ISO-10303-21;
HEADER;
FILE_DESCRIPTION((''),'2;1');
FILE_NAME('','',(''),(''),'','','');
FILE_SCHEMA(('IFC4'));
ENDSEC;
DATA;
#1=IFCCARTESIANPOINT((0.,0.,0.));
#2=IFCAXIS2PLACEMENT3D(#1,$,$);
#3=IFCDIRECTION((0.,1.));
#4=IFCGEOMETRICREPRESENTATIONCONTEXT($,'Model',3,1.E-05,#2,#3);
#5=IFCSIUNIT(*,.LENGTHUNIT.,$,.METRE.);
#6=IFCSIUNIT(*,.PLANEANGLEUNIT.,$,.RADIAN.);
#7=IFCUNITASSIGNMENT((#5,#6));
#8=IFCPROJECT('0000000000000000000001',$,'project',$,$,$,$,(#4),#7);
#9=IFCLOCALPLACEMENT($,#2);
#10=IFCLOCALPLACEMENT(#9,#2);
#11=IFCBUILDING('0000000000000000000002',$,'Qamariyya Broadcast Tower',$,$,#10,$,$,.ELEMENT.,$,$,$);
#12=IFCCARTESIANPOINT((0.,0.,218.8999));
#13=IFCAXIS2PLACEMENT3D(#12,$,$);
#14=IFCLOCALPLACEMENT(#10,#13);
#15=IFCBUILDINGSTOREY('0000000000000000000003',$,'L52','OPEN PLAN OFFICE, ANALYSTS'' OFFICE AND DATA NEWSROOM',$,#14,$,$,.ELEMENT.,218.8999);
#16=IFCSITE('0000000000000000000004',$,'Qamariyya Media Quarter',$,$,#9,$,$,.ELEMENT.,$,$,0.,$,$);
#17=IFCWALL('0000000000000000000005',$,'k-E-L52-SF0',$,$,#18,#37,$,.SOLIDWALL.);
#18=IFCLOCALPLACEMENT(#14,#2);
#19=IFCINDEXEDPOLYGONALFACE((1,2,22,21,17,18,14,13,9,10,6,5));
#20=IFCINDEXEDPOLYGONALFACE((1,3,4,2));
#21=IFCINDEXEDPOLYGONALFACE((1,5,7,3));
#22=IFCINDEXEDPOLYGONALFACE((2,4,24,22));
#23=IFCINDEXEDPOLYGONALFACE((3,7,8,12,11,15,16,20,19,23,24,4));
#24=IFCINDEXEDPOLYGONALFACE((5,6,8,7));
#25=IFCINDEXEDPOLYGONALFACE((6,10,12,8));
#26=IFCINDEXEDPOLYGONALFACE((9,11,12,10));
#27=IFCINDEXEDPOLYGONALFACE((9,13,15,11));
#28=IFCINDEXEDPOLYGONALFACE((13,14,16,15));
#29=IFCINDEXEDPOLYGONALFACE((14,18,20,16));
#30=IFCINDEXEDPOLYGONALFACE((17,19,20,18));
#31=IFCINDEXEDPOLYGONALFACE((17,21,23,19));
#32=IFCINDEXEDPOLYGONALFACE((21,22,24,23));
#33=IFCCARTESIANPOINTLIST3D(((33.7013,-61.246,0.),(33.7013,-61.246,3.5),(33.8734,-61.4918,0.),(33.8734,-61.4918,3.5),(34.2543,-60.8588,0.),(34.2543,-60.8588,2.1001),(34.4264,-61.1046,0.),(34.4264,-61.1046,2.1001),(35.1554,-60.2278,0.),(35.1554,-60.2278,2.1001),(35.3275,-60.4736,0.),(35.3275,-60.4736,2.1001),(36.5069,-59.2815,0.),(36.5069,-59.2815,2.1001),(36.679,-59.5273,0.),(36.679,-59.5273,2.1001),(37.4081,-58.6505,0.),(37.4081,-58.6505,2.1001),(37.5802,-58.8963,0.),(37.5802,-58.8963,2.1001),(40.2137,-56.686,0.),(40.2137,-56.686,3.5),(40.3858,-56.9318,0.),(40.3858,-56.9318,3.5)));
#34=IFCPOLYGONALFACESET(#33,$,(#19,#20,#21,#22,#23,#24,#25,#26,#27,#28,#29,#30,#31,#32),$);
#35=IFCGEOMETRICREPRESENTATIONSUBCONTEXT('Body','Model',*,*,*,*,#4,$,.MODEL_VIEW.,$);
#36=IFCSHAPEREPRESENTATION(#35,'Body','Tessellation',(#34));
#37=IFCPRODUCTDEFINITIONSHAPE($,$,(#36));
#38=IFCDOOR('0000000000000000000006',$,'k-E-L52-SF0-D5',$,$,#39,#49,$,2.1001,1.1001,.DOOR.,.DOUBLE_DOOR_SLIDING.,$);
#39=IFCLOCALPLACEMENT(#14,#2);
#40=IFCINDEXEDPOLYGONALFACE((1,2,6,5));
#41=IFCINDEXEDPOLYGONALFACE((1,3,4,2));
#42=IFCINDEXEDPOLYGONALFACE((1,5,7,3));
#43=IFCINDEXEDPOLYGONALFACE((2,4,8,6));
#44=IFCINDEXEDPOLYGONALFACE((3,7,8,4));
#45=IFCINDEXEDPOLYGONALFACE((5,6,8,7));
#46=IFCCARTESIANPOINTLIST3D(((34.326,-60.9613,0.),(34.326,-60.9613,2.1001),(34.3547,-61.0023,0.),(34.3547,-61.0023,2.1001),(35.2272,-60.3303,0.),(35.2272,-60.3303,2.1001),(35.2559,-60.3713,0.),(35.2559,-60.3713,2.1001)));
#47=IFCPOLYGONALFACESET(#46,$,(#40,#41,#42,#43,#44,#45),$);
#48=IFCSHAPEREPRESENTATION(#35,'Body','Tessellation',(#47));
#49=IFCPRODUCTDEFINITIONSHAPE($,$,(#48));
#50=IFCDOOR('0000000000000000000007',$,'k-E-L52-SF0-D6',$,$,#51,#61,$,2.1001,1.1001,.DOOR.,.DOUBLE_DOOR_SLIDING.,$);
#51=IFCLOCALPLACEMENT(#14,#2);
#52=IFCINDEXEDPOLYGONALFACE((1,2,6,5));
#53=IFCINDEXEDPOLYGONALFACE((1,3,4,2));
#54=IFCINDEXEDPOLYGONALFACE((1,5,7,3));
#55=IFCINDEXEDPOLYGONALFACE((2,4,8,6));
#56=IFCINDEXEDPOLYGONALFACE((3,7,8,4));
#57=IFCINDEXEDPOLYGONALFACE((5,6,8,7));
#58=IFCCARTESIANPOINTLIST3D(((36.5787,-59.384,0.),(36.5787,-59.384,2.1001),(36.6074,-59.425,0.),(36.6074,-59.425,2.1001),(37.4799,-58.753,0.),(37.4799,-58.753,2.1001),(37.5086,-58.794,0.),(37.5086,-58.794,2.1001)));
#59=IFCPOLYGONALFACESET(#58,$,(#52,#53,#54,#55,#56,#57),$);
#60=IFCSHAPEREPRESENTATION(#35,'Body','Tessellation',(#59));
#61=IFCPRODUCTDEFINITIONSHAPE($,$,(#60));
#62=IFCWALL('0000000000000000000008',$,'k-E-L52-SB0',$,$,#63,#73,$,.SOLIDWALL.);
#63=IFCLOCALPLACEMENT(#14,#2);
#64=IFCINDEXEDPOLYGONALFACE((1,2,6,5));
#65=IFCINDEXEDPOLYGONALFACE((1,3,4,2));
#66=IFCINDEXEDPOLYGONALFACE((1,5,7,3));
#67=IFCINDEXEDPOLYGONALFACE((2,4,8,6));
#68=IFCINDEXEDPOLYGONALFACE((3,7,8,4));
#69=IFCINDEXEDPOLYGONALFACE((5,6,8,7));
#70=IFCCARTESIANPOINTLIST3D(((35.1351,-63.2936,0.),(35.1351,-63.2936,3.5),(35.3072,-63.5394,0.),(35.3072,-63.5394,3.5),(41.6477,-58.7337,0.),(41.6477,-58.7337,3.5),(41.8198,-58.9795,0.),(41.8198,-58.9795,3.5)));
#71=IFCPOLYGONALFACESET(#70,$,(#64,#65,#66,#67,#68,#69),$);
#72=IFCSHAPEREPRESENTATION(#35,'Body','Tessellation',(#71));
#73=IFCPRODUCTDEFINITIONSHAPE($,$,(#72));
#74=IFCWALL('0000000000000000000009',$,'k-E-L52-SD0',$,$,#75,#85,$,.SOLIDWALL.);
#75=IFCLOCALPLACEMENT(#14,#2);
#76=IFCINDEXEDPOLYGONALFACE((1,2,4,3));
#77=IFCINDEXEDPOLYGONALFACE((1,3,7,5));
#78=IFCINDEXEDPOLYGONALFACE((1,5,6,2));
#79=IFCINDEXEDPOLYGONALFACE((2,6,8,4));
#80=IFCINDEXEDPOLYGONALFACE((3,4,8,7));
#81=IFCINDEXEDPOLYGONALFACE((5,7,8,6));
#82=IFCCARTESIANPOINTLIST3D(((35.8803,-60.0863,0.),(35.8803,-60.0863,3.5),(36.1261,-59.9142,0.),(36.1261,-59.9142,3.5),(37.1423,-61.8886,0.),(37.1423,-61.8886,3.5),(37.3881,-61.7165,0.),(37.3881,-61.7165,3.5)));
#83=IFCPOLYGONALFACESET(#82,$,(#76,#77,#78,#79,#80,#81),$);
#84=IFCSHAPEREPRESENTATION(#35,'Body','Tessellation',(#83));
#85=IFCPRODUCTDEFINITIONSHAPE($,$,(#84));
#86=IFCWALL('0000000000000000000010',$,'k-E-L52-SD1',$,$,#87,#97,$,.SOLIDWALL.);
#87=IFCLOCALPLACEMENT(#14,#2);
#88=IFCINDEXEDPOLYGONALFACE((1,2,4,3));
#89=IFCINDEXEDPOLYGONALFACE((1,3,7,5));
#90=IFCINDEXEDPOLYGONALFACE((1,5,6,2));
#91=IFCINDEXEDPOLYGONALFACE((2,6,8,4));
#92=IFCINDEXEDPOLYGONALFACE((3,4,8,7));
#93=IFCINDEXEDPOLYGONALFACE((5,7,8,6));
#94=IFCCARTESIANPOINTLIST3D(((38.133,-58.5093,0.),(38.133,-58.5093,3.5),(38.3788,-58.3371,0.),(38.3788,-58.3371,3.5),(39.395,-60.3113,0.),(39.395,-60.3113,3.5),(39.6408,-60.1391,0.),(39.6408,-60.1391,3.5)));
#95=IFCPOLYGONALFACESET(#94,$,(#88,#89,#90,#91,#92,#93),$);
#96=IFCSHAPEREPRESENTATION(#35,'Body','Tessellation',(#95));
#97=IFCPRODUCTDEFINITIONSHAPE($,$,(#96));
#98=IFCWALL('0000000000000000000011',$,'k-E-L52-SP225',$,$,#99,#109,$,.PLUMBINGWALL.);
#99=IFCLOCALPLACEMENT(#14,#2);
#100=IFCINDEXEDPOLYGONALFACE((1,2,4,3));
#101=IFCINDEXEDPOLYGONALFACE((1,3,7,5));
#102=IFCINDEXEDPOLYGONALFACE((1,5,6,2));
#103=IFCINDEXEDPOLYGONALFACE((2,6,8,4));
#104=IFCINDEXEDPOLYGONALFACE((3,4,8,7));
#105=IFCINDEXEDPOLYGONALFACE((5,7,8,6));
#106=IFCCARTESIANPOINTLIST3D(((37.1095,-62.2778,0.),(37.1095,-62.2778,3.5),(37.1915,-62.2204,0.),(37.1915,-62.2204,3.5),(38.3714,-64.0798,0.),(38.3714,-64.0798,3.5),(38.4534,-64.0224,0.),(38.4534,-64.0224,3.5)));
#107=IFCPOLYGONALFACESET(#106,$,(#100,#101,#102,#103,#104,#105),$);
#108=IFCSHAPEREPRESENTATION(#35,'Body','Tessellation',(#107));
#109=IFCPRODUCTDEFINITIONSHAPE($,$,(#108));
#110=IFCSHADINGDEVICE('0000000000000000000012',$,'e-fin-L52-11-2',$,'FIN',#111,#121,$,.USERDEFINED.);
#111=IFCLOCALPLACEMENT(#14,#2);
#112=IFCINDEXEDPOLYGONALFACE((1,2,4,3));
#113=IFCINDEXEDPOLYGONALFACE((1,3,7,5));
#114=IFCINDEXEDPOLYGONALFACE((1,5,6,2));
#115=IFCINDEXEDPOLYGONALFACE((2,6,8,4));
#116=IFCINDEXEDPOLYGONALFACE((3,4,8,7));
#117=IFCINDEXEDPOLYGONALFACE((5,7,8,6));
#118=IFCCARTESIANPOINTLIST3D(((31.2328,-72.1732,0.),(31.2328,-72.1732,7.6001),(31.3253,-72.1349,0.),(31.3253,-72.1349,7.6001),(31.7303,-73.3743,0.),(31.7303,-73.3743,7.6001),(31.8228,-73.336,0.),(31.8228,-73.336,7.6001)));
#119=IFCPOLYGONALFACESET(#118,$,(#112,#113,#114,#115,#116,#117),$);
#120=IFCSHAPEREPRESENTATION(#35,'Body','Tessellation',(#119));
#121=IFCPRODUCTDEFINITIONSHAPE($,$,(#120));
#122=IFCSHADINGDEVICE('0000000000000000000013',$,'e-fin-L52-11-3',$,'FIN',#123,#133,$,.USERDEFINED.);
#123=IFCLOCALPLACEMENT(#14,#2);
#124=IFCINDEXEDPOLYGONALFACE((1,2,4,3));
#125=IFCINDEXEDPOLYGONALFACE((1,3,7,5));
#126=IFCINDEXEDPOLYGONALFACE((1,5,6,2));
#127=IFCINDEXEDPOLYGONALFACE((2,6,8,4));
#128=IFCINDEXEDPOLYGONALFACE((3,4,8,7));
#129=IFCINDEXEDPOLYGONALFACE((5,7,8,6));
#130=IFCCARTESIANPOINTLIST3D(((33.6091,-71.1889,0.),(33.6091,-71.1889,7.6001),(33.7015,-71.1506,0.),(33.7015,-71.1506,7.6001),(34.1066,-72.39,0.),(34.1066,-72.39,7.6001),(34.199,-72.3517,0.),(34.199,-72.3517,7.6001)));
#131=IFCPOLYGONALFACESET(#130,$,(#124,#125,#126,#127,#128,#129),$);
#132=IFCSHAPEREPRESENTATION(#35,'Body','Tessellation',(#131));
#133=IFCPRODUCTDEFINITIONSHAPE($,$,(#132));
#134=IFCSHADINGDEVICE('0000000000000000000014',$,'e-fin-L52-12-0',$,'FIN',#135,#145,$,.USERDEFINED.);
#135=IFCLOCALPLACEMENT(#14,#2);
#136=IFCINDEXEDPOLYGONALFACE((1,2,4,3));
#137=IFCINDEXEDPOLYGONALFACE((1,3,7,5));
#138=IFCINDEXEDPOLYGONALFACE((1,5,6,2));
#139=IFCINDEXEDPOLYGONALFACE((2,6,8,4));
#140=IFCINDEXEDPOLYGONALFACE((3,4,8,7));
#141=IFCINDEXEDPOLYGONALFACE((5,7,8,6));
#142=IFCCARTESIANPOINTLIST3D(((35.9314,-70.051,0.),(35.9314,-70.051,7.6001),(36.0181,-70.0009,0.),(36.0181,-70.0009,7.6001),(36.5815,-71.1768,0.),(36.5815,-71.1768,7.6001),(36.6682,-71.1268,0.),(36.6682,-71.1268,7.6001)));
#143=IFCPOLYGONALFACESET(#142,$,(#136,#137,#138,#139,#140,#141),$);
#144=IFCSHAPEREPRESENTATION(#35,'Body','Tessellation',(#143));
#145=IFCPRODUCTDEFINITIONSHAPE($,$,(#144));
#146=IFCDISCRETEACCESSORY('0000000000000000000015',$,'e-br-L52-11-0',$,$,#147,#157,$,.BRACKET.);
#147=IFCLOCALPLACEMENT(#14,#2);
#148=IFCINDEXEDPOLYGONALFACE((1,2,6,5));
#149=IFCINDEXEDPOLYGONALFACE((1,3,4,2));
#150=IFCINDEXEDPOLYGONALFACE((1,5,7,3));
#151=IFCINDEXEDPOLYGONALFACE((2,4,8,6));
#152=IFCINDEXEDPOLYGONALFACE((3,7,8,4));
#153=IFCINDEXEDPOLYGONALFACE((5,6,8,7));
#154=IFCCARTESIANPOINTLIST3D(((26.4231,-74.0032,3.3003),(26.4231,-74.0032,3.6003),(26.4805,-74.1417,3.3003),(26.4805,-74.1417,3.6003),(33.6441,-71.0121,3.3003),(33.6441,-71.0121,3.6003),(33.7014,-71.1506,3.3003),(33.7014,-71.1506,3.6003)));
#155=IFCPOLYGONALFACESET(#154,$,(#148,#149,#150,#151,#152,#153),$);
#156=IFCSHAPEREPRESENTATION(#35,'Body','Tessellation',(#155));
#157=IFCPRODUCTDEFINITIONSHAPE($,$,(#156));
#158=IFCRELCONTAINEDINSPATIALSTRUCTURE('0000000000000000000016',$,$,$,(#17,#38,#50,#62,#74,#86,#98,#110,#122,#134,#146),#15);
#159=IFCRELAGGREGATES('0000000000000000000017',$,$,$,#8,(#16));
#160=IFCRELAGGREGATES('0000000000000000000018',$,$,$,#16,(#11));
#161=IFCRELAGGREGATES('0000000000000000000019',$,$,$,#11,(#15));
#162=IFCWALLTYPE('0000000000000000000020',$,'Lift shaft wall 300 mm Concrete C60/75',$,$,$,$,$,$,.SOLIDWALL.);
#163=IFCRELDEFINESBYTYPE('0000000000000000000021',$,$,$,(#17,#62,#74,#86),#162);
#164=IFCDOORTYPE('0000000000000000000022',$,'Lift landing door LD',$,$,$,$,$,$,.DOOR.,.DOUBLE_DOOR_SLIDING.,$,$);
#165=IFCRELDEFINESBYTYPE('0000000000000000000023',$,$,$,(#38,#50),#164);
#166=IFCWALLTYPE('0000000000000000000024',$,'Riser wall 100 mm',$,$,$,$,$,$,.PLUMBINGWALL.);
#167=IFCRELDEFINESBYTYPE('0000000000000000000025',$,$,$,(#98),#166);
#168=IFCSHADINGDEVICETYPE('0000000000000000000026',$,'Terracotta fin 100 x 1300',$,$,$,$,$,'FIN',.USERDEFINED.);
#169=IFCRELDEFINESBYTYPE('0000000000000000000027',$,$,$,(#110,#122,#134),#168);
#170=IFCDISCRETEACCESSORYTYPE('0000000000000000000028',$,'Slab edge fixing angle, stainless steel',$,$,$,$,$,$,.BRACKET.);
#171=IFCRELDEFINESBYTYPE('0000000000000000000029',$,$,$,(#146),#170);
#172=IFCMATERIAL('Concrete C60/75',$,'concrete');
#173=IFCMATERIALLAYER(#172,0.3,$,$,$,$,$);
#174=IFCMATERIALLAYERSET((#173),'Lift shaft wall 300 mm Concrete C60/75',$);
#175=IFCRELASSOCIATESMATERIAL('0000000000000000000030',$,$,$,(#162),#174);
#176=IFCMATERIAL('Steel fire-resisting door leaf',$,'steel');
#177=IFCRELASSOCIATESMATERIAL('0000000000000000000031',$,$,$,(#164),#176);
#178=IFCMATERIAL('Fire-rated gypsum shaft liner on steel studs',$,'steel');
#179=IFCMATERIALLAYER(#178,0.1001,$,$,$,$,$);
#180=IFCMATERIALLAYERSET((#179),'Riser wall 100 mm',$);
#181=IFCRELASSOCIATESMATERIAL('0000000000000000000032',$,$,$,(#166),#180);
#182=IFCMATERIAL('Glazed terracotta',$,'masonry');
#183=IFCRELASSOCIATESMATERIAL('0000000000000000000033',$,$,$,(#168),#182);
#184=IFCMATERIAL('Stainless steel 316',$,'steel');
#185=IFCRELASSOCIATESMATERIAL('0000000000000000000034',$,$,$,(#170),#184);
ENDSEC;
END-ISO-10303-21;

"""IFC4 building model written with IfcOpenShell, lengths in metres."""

from ifc_helpers import new_model, si_unit, direction, frame, frame_2d, origin, origin_2d, place, context, subcontext, project, spatial, rectangle, extrude, material, layer, layer_set, material_profile, profile_set, type_object, element, fill, save


model = new_model("IFC4")

# Units and contexts
model_context = context("Model", 3, precision=1e-05, world=origin(), true_north=direction((0.0, 1.0)))
body_context = subcontext(model_context, "Body", "Model", "MODEL_VIEW")
ifc_project = project(units=[si_unit("LENGTHUNIT", "METRE"), si_unit("PLANEANGLEUNIT", "RADIAN")], contexts=[model_context])

# Site, building, storey
site_placement = place(None, origin())
site = spatial("IfcSite", under=ifc_project, at=site_placement, Name="Qamariyya Media Quarter", CompositionType="ELEMENT", RefElevation=0.0)
building_placement = place(site_placement, origin())
building = spatial("IfcBuilding", under=site, at=building_placement, Name="Qamariyya Broadcast Tower", CompositionType="ELEMENT")
storey_placement = place(building_placement, frame((0.0, 0.0, 218.8999)))
storey = spatial("IfcBuildingStorey", under=building, at=storey_placement, Name="L52", Description="OPEN PLAN OFFICE, ANALYSTS' OFFICE AND DATA NEWSROOM", CompositionType="ELEMENT", Elevation=218.8999)

# Shared definitions
ifc_material_1 = material(Name="Concrete C60/75", Category="concrete")

# Shared definitions
ifc_material_2 = material(Name="Steel fire-resisting door leaf", Category="steel")

# Shared definitions
ifc_layer_1 = layer(ifc_material_1, 0.3)
ifc_layer_set_1 = layer_set([ifc_layer_1], Name="Lift shaft wall 300 mm Concrete C60/75")
wall_type_1 = type_object("IfcWallType", Name="Lift shaft wall 300 mm Concrete C60/75", PredefinedType="SOLIDWALL", material=ifc_layer_set_1)

# Wall, openings, doors
wall_1_placement = place(storey_placement, frame((33.7874, -61.3689, 0.0), z_axis=(0.0, 0.0, 1.0), x_axis=(0.819153, 0.573576, 0.0)))
wall_1 = element("IfcWall", 1, at=wall_1_placement, inside=storey, type_object=wall_type_1, Name="k-E-L52-SF0", PredefinedType="SOLIDWALL", context=body_context, shape_type="SweptSolid", body=[
    extrude(rectangle(XDim=7.9502, YDim=0.3, at=frame_2d((3.9751, 0.0))), origin(), (0.0, 0.0, 1.0), 3.5),
])
opening_1_placement = place(wall_1_placement, frame((0.675, 0.0, 0.0)))
opening_1 = element("IfcOpeningElement", 2, at=opening_1_placement, cuts=wall_1, PredefinedType="OPENING", context=body_context, shape_type="SweptSolid", body=[
    extrude(rectangle(XDim=1.1001, YDim=2.1001, at=frame_2d((0.55, 1.05))), frame((0.0, 0.1599, 0.0), z_axis=(0.0, -1.0, 0.0), x_axis=(1.0, 0.0, 0.0)), (0.0, 0.0, 1.0), 0.3201),
])
opening_2_placement = place(wall_1_placement, frame((3.425, 0.0, 0.0)))
opening_2 = element("IfcOpeningElement", 3, at=opening_2_placement, cuts=wall_1, PredefinedType="OPENING", context=body_context, shape_type="SweptSolid", body=[
    extrude(rectangle(XDim=1.1001, YDim=2.1001, at=frame_2d((0.55, 1.05))), frame((0.0, 0.1599, 0.0), z_axis=(0.0, -1.0, 0.0), x_axis=(1.0, 0.0, 0.0)), (0.0, 0.0, 1.0), 0.3201),
])
door_type_1 = type_object("IfcDoorType", Name="Lift landing door LD", OperationType="DOUBLE_DOOR_SLIDING", PredefinedType="DOOR", material=ifc_material_2)
door_1_placement = place(opening_1_placement, origin())
door_1 = element("IfcDoor", 4, at=door_1_placement, inside=storey, type_object=door_type_1, Name="k-E-L52-SF0-D5", OperationType="DOUBLE_DOOR_SLIDING", OverallHeight=2.1001, OverallWidth=1.1001, PredefinedType="DOOR", context=body_context, shape_type="SweptSolid", body=[
    extrude(rectangle(XDim=1.1001, YDim=2.1001, at=frame_2d((0.55, 1.05))), frame((0.0, 0.0249, 0.0), z_axis=(0.0, -1.0, 0.0), x_axis=(1.0, 0.0, 0.0)), (0.0, 0.0, 1.0), 0.05),
])
fill(opening_1, door_1)
door_2_placement = place(opening_2_placement, origin())
door_2 = element("IfcDoor", 5, at=door_2_placement, inside=storey, type_object=door_type_1, Name="k-E-L52-SF0-D6", OperationType="DOUBLE_DOOR_SLIDING", OverallHeight=2.1001, OverallWidth=1.1001, PredefinedType="DOOR", context=body_context, shape_type="SweptSolid", body=[
    extrude(rectangle(XDim=1.1001, YDim=2.1001, at=frame_2d((0.55, 1.05))), frame((0.0, 0.0249, 0.0), z_axis=(0.0, -1.0, 0.0), x_axis=(1.0, 0.0, 0.0)), (0.0, 0.0, 1.0), 0.05),
])
fill(opening_2, door_2)

# Walls
wall_2_placement = place(storey_placement, frame((35.2212, -63.4165, 0.0), z_axis=(0.0, 0.0, 1.0), x_axis=(0.819167, 0.573555, 0.0)))
element("IfcWall", 6, at=wall_2_placement, inside=storey, type_object=wall_type_1, Name="k-E-L52-SB0", PredefinedType="SOLIDWALL", context=body_context, shape_type="SweptSolid", body=[
    extrude(rectangle(XDim=7.9502, YDim=0.3, at=frame_2d((3.9751, 0.0))), origin(), (0.0, 0.0, 1.0), 3.5),
])
wall_3_placement = place(storey_placement, frame((36.0032, -60.0002, 0.0), z_axis=(0.0, 0.0, 1.0), x_axis=(0.573581, -0.819149, 0.0)))
element("IfcWall", 7, at=wall_3_placement, inside=storey, type_object=wall_type_1, Name="k-E-L52-SD0", PredefinedType="SOLIDWALL", context=body_context, shape_type="SweptSolid", body=[
    extrude(rectangle(XDim=2.2002, YDim=0.3, at=frame_2d((1.1001, 0.0))), origin(), (0.0, 0.0, 1.0), 3.5),
])
wall_4_placement = place(storey_placement, frame((38.2559, -58.4231, 0.0), z_axis=(0.0, 0.0, 1.0), x_axis=(0.573634, -0.819112, 0.0)))
element("IfcWall", 8, at=wall_4_placement, inside=storey, type_object=wall_type_1, Name="k-E-L52-SD1", PredefinedType="SOLIDWALL", context=body_context, shape_type="SweptSolid", body=[
    extrude(rectangle(XDim=2.2, YDim=0.3, at=frame_2d((1.1001, 0.0))), origin(), (0.0, 0.0, 1.0), 3.5),
])
ifc_material_3 = material(Name="Fire-rated gypsum shaft liner on steel studs", Category="steel")
ifc_layer_2 = layer(ifc_material_3, 0.1001)
ifc_layer_set_2 = layer_set([ifc_layer_2], Name="Riser wall 100 mm")
wall_type_2 = type_object("IfcWallType", Name="Riser wall 100 mm", PredefinedType="PLUMBINGWALL", material=ifc_layer_set_2)
wall_5_placement = place(storey_placement, frame((37.1504, -62.249, 0.0), z_axis=(0.0, 0.0, 1.0), x_axis=(0.573634, -0.819112, 0.0)))
element("IfcWall", 9, at=wall_5_placement, inside=storey, type_object=wall_type_2, Name="k-E-L52-SP225", PredefinedType="PLUMBINGWALL", context=body_context, shape_type="SweptSolid", body=[
    extrude(rectangle(XDim=2.2, YDim=0.1001, at=frame_2d((1.1001, 0.0))), origin(), (0.0, 0.0, 1.0), 3.5),
])

# Shading devices
ifc_material_4 = material(Name="Glazed terracotta", Category="masonry")
ifc_material_profile_1 = material_profile(ifc_material_4, rectangle(XDim=1.3, YDim=0.1001, at=origin_2d()))
ifc_profile_set_1 = profile_set([ifc_material_profile_1], Name="Glazed terracotta")
shading_device_type_1 = type_object("IfcShadingDeviceType", Name="Terracotta fin 100 x 1300", ElementType="FIN", PredefinedType="USERDEFINED", material=ifc_profile_set_1)
for number, where, z_axis, x_axis, name in (
    (10, (31.5278, -72.7546, 0.0), (0.0, 0.0, 1.0), (0.382683, -0.92388, 0.0), "e-fin-L52-11-2"),
    (11, (33.9041, -71.7703, 0.0), (0.0, 0.0, 1.0), (0.382683, -0.92388, 0.0), "e-fin-L52-11-3"),
    (12, (36.2998, -70.5889, 0.0), (0.0, 0.0, 1.0), (0.5, -0.866025, 0.0), "e-fin-L52-12-0"),
):
    element("IfcShadingDevice", number, at=place(storey_placement, frame(where, z_axis=z_axis, x_axis=x_axis)), inside=storey, type_object=shading_device_type_1, Name=name, ObjectType="FIN", PredefinedType="USERDEFINED", context=body_context, shape_type="SweptSolid", body=[
        extrude(rectangle(XDim=1.3, YDim=0.1001, at=origin_2d()), origin(), (0.0, 0.0, 1.0), 7.6001),
    ])

# Discrete accessory
ifc_material_5 = material(Name="Stainless steel 316", Category="steel")
discrete_accessory_type = type_object("IfcDiscreteAccessoryType", Name="Slab edge fixing angle, stainless steel", PredefinedType="BRACKET", material=ifc_material_5)
discrete_accessory_placement = place(storey_placement, frame((30.0623, -72.5769, 3.3003), z_axis=(0.0, 0.0, 1.0), x_axis=(0.92388, 0.382683, 0.0)))
element("IfcDiscreteAccessory", 13, at=discrete_accessory_placement, inside=storey, type_object=discrete_accessory_type, Name="e-br-L52-11-0", PredefinedType="BRACKET", context=body_context, shape_type="SweptSolid", body=[
    extrude(rectangle(XDim=7.8159, YDim=0.1499, at=origin_2d()), origin(), (0.0, 0.0, 1.0), 0.3),
])

save(model, "model.ifc")
